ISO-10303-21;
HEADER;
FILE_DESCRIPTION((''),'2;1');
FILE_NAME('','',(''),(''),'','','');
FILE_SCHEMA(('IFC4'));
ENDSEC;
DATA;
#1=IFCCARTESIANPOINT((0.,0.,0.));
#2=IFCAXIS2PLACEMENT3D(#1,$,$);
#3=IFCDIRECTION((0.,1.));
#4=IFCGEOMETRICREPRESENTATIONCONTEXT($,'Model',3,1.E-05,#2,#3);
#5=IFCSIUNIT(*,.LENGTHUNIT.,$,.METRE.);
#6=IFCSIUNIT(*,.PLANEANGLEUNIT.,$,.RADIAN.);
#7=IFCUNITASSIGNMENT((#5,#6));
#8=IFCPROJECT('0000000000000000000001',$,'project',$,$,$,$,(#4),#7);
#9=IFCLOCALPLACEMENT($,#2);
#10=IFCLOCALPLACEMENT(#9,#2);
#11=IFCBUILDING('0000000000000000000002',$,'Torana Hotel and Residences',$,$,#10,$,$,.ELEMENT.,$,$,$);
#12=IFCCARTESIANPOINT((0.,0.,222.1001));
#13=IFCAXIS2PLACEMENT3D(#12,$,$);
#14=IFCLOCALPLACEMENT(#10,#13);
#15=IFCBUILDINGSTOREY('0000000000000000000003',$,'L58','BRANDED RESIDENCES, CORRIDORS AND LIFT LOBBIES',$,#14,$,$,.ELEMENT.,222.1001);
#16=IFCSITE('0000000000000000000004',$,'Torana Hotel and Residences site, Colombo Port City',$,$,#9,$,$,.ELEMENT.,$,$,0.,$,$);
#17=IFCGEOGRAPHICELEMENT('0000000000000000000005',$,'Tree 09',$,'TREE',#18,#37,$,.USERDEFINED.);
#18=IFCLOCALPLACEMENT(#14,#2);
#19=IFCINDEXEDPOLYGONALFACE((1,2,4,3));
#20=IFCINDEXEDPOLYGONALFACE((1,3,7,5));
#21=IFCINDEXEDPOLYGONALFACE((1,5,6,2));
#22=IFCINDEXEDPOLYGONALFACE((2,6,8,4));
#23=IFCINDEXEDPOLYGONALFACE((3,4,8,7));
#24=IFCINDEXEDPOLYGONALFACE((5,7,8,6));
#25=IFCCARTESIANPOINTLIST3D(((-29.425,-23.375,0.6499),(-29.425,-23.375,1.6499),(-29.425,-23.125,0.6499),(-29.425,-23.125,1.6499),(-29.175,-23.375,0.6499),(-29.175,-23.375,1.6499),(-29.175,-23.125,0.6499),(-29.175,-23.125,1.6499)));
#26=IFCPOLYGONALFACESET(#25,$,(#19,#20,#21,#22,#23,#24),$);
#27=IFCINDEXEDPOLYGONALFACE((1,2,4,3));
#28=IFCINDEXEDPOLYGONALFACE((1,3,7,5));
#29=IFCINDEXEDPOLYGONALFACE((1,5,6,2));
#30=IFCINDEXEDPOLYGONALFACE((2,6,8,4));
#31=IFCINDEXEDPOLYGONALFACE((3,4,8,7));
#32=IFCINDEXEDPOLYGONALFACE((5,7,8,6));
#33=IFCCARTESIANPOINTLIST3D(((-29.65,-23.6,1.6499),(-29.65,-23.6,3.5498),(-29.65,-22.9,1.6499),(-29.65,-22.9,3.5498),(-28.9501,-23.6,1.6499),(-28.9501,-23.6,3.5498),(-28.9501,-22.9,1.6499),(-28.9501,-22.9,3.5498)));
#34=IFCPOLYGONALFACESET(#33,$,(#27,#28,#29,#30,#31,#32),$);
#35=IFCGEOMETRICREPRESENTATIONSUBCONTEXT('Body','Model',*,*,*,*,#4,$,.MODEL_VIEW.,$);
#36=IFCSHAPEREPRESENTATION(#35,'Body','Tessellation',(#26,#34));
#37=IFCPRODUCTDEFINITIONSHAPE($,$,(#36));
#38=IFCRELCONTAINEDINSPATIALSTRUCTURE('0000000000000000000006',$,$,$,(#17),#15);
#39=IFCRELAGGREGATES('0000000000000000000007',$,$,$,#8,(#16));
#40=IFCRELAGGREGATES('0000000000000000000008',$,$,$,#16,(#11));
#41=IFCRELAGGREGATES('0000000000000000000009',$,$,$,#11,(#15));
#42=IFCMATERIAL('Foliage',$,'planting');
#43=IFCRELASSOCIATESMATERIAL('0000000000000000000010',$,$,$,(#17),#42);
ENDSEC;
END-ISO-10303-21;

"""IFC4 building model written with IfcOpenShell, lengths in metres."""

from ifc_helpers import new_model, si_unit, direction, frame, origin, origin_2d, place, context, subcontext, project, spatial, rectangle, extrude, material, element, save


model = new_model("IFC4")

# Units and contexts
model_context = context("Model", 3, precision=1e-05, world=origin(), true_north=direction((0.0, 1.0)))
body_context = subcontext(model_context, "Body", "Model", "MODEL_VIEW")
ifc_project = project(units=[si_unit("LENGTHUNIT", "METRE"), si_unit("PLANEANGLEUNIT", "RADIAN")], contexts=[model_context])

# Site, building, storey
site_placement = place(None, origin())
site = spatial("IfcSite", under=ifc_project, at=site_placement, Name="Torana Hotel and Residences site, Colombo Port City", CompositionType="ELEMENT", RefElevation=0.0)
building_placement = place(site_placement, origin())
building = spatial("IfcBuilding", under=site, at=building_placement, Name="Torana Hotel and Residences", CompositionType="ELEMENT")
storey_placement = place(building_placement, frame((0.0, 0.0, 222.1001)))
storey = spatial("IfcBuildingStorey", under=building, at=storey_placement, Name="L58", Description="BRANDED RESIDENCES, CORRIDORS AND LIFT LOBBIES", CompositionType="ELEMENT", Elevation=222.1001)

# Geographic element
ifc_material_1 = material(Name="Foliage", Category="planting")
geographic_element_placement = place(storey_placement, frame((-29.3, -23.25, 0.6499), z_axis=(0.0, 0.0, 1.0), x_axis=(1.0, 0.0, 0.0)))
element("IfcGeographicElement", 1, at=geographic_element_placement, inside=storey, material=ifc_material_1, Name="Tree 09", ObjectType="TREE", PredefinedType="USERDEFINED", context=body_context, shape_type="SweptSolid", body=[
    extrude(rectangle(XDim=0.25, YDim=0.25, at=origin_2d()), origin(), (0.0, 0.0, 1.0), 1.0),
    extrude(rectangle(XDim=0.7, YDim=0.7, at=origin_2d()), frame((0.0, 0.0, 1.0)), (0.0, 0.0, 1.0), 1.8999),
])

save(model, "model.ifc")
